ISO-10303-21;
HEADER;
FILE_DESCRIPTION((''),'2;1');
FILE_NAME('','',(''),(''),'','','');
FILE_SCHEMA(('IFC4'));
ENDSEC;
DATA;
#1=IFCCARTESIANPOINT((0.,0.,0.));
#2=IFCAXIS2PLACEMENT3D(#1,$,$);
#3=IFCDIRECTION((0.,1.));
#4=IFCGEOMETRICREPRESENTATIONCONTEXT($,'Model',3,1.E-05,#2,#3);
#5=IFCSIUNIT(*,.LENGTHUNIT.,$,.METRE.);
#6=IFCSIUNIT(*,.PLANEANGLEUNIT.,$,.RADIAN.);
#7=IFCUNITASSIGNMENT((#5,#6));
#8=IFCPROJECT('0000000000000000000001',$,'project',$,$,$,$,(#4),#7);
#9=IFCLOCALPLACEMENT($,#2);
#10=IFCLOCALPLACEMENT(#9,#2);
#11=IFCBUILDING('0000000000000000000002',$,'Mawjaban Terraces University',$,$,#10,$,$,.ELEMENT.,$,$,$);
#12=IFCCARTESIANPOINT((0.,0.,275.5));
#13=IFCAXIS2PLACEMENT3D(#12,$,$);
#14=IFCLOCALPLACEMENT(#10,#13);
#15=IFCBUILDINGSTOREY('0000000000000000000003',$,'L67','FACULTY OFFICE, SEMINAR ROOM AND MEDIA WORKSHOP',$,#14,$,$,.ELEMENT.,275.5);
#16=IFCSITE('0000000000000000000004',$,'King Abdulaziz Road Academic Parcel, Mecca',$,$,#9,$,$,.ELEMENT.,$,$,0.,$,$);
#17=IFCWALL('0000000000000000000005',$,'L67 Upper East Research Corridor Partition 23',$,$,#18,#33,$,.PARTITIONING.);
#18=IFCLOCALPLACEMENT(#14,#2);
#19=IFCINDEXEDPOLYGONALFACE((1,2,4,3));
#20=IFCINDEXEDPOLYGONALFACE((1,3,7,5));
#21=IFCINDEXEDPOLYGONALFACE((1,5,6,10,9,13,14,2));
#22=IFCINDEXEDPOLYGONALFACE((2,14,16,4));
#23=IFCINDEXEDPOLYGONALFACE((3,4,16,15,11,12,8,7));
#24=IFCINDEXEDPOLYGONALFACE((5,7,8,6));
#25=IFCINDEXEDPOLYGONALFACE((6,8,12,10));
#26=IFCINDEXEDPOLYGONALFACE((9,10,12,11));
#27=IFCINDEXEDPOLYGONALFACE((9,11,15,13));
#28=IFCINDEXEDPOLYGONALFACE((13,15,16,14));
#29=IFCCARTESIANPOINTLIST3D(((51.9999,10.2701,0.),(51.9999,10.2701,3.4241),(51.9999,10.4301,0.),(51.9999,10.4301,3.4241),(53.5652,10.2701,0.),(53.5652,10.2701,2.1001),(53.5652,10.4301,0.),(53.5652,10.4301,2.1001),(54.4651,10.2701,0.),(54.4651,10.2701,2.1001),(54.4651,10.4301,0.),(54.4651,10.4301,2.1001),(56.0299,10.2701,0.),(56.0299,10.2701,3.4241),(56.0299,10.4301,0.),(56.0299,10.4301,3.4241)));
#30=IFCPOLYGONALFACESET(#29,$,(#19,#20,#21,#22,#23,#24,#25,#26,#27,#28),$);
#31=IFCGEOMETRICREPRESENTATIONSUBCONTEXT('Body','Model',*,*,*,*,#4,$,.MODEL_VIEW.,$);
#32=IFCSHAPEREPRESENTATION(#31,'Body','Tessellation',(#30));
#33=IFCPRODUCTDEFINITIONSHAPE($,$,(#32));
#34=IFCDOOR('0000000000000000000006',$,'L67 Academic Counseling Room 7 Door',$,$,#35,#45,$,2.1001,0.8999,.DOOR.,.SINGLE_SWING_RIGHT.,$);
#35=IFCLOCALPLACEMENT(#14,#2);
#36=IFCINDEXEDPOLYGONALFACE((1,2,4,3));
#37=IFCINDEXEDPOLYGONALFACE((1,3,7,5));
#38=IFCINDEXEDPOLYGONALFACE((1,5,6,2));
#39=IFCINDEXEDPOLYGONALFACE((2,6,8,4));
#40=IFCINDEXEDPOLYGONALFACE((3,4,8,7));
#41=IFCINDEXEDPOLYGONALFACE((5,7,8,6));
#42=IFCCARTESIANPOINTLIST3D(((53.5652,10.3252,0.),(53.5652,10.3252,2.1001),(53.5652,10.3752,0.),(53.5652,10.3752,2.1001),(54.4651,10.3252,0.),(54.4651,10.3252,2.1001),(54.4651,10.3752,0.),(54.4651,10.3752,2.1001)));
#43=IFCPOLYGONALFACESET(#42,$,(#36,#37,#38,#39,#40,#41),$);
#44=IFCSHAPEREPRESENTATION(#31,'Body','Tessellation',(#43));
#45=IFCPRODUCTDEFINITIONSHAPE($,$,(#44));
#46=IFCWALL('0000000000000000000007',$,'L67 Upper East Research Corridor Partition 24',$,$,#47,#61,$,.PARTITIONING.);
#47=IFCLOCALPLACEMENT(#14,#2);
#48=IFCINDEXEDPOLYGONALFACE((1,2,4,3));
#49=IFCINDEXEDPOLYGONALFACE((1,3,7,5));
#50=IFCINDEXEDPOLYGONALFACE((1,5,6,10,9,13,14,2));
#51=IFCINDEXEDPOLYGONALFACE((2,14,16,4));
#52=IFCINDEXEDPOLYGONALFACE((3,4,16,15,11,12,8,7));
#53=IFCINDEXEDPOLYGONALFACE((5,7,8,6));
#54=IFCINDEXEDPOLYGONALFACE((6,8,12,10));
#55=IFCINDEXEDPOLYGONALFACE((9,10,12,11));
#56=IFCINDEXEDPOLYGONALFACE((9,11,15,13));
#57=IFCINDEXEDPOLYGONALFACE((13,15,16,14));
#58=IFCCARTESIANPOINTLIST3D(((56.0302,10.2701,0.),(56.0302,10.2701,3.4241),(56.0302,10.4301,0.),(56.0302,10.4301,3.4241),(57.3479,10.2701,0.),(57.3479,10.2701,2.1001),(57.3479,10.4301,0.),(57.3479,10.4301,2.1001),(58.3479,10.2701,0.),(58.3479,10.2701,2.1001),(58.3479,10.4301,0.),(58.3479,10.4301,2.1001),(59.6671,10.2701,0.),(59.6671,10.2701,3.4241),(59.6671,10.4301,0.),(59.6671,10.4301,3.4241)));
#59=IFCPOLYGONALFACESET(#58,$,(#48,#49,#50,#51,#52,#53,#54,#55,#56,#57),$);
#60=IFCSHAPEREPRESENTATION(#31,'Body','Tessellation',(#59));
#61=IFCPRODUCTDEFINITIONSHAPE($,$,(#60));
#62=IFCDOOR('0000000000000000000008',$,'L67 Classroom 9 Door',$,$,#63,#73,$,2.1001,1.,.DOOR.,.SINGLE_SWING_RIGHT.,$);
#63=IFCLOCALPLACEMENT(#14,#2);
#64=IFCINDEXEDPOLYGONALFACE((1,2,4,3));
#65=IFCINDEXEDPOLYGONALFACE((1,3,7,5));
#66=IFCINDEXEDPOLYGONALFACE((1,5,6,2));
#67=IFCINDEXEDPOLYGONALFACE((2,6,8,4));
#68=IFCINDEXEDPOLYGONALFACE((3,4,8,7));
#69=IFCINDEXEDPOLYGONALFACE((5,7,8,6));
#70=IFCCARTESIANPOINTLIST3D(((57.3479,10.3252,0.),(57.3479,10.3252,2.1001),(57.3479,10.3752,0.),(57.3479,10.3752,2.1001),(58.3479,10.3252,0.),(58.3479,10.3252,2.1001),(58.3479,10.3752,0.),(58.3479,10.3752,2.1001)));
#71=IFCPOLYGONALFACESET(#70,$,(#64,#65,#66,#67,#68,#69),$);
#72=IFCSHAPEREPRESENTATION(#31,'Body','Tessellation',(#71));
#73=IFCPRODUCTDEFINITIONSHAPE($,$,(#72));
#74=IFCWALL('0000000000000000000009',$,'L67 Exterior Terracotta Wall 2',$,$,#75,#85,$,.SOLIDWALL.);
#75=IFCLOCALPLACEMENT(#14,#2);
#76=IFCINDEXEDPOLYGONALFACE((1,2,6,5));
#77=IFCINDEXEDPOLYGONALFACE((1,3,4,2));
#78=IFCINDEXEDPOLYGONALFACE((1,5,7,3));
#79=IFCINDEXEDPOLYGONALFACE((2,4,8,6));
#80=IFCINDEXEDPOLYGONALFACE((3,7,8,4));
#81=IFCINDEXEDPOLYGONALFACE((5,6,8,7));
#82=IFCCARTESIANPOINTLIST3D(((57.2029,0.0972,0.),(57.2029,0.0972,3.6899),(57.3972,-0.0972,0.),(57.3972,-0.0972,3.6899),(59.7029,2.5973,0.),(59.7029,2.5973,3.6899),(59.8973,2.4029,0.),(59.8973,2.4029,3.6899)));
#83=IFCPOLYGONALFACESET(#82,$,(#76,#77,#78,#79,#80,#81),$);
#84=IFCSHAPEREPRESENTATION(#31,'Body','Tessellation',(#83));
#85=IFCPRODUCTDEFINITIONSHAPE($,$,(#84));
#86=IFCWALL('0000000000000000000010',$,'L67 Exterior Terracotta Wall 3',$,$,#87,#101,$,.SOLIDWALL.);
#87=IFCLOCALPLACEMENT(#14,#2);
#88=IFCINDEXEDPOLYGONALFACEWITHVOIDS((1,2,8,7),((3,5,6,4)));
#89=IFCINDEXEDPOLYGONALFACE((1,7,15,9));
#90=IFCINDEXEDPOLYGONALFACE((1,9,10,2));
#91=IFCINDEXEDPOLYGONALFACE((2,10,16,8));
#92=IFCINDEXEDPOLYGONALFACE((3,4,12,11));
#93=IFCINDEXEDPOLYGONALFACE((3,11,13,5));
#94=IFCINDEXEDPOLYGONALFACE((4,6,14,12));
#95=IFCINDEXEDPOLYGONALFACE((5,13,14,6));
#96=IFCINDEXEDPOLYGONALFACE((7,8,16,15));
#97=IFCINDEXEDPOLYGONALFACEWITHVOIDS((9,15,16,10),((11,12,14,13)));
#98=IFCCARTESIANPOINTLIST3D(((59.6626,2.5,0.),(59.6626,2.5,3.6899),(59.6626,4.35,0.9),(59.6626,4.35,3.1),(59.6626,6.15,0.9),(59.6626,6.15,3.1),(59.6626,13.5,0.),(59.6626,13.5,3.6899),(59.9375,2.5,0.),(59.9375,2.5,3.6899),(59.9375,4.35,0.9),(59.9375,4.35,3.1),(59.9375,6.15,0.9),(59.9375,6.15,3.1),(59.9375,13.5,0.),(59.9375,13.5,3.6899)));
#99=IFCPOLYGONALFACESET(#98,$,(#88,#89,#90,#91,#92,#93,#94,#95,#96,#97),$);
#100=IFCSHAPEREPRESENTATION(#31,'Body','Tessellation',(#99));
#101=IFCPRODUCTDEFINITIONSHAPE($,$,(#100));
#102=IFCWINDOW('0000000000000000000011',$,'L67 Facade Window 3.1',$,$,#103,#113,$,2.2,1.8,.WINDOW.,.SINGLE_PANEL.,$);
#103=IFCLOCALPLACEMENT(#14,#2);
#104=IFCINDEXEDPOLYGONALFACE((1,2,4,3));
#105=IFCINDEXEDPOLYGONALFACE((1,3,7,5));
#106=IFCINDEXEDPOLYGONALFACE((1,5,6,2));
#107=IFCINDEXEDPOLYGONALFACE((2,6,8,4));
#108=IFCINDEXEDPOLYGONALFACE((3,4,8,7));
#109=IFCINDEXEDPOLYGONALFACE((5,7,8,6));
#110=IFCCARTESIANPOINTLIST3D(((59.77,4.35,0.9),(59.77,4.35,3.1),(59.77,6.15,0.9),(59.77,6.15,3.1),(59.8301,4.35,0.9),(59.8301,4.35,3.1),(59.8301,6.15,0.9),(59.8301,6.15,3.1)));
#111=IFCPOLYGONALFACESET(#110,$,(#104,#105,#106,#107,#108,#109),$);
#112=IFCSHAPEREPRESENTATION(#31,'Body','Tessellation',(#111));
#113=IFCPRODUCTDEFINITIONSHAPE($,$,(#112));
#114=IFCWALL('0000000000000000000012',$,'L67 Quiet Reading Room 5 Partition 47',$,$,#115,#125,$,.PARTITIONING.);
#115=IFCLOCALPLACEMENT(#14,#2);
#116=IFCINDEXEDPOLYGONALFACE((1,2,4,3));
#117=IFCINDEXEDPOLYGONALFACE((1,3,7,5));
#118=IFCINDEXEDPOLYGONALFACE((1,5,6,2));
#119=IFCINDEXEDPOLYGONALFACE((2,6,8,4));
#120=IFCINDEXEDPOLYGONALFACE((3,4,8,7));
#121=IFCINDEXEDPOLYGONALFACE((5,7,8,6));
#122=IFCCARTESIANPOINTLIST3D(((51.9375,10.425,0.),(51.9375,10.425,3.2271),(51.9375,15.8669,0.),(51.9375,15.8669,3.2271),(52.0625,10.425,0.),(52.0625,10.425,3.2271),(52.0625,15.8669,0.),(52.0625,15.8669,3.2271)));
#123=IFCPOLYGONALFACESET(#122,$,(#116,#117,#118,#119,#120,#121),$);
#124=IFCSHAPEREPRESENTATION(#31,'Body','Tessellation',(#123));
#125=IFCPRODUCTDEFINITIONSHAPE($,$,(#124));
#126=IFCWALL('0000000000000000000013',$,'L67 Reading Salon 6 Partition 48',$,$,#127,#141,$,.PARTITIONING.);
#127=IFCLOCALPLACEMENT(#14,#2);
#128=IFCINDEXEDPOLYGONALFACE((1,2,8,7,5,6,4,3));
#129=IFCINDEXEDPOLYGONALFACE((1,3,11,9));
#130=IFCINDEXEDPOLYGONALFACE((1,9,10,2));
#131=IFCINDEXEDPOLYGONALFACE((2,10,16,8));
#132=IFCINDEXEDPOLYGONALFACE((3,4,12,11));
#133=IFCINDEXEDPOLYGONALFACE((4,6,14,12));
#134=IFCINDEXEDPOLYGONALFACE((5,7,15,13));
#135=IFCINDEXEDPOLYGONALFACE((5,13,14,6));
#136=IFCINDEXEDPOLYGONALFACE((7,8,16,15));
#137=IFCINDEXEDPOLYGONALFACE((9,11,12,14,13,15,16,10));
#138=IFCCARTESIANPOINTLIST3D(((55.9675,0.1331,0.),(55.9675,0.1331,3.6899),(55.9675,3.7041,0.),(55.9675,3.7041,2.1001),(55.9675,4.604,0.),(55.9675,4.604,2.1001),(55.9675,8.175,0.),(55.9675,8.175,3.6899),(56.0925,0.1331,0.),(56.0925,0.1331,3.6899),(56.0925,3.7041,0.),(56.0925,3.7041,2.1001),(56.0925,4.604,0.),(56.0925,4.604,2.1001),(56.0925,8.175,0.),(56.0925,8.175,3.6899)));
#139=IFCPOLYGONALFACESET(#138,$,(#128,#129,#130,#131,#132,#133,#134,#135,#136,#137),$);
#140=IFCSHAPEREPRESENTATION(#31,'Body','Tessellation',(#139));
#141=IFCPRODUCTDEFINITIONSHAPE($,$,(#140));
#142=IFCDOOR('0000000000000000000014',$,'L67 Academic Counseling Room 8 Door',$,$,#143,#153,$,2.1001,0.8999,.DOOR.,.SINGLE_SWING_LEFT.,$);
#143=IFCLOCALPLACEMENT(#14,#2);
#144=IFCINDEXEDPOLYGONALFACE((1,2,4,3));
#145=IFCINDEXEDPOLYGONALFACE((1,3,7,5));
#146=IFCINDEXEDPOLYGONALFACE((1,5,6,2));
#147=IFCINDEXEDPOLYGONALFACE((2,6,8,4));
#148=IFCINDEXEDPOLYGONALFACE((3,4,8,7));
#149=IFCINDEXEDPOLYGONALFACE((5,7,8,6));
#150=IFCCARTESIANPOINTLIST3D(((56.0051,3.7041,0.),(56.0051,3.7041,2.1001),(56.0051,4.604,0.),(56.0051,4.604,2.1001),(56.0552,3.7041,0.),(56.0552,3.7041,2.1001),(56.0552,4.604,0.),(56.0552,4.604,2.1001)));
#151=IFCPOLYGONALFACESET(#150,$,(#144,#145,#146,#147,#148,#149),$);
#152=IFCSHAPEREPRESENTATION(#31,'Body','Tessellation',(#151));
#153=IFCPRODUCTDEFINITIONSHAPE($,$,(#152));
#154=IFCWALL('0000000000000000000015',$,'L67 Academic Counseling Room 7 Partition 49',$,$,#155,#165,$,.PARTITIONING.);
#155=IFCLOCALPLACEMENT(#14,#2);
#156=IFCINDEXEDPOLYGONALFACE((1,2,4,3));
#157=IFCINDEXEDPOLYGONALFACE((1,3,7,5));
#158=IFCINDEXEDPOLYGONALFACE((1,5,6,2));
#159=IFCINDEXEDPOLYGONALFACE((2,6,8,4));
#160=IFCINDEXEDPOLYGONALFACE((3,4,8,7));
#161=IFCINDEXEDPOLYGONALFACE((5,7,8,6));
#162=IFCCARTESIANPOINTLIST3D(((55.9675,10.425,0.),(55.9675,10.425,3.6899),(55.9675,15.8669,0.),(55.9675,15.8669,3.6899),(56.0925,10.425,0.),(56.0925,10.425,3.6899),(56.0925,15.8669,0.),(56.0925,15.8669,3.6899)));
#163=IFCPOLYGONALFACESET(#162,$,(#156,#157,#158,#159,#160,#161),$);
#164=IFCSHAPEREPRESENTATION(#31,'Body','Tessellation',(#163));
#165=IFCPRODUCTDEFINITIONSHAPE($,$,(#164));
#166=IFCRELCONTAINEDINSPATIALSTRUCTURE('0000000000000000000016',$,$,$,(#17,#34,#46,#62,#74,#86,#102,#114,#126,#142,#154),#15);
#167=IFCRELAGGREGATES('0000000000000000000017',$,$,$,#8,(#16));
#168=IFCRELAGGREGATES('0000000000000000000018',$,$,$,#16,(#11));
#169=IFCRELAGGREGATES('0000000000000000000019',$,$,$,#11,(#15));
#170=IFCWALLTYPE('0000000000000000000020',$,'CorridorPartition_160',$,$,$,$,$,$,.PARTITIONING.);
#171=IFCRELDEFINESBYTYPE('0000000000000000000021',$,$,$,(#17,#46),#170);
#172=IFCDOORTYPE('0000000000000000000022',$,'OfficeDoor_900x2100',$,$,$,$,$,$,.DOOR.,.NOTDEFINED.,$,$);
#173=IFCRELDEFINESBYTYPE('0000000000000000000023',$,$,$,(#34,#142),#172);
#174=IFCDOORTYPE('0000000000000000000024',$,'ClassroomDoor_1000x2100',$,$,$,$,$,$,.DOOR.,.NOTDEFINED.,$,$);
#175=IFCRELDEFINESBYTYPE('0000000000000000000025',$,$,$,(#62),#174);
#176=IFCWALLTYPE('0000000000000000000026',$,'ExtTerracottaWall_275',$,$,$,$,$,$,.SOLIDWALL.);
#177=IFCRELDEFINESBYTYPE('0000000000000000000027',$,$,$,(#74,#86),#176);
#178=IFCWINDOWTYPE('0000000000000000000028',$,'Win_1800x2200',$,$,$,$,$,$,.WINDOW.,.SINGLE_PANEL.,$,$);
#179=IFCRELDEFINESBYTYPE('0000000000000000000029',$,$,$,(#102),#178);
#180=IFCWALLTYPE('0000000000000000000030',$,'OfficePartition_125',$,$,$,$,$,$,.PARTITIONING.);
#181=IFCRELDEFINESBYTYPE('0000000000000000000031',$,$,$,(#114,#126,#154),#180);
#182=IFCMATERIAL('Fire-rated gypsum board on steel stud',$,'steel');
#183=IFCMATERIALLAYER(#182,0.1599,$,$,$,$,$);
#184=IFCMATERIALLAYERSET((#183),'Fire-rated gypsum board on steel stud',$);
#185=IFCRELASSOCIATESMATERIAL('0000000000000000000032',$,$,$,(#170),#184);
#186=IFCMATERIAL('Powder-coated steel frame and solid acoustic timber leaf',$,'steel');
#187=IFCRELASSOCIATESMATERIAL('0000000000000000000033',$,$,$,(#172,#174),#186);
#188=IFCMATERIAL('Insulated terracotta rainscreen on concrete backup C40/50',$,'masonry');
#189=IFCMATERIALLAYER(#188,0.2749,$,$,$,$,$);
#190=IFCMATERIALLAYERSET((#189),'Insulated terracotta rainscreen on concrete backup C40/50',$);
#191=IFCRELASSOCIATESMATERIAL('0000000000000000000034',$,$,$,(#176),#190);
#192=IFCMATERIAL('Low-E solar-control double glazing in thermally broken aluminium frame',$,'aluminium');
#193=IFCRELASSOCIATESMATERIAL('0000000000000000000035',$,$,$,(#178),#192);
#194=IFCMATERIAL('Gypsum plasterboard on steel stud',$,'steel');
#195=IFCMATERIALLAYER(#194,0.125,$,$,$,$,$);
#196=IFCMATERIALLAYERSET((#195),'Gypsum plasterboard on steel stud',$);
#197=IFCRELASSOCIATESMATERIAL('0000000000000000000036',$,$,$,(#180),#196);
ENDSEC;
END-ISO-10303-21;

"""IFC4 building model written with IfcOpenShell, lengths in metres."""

from ifc_helpers import new_model, si_unit, direction, frame, frame_2d, origin, place, context, subcontext, project, spatial, rectangle, extrude, material, layer, layer_set, type_object, element, fill, save


model = new_model("IFC4")

# Units and contexts
model_context = context("Model", 3, precision=1e-05, world=origin(), true_north=direction((0.0, 1.0)))
body_context = subcontext(model_context, "Body", "Model", "MODEL_VIEW")
ifc_project = project(units=[si_unit("LENGTHUNIT", "METRE"), si_unit("PLANEANGLEUNIT", "RADIAN")], contexts=[model_context])

# Site, building, storey
site_placement = place(None, origin())
site = spatial("IfcSite", under=ifc_project, at=site_placement, Name="King Abdulaziz Road Academic Parcel, Mecca", CompositionType="ELEMENT", RefElevation=0.0)
building_placement = place(site_placement, origin())
building = spatial("IfcBuilding", under=site, at=building_placement, Name="Mawjaban Terraces University", CompositionType="ELEMENT")
storey_placement = place(building_placement, frame((0.0, 0.0, 275.5)))
storey = spatial("IfcBuildingStorey", under=building, at=storey_placement, Name="L67", Description="FACULTY OFFICE, SEMINAR ROOM AND MEDIA WORKSHOP", CompositionType="ELEMENT", Elevation=275.5)

# Shared definitions
ifc_material_1 = material(Name="Fire-rated gypsum board on steel stud", Category="steel")
ifc_layer_1 = layer(ifc_material_1, 0.1599)
ifc_layer_set_1 = layer_set([ifc_layer_1], Name="Fire-rated gypsum board on steel stud")
wall_type_1 = type_object("IfcWallType", Name="CorridorPartition_160", PredefinedType="PARTITIONING", material=ifc_layer_set_1)
ifc_material_2 = material(Name="Powder-coated steel frame and solid acoustic timber leaf", Category="steel")
door_type_1 = type_object("IfcDoorType", Name="OfficeDoor_900x2100", OperationType="NOTDEFINED", PredefinedType="DOOR", material=ifc_material_2)

# Walls, openings, doors
wall_1_placement = place(storey_placement, frame((56.03, 10.3501, 0.0), z_axis=(0.0, 0.0, 1.0), x_axis=(-1.0, 0.0, 0.0)))
wall_1 = element("IfcWall", 1, at=wall_1_placement, inside=storey, type_object=wall_type_1, Name="L67 Upper East Research Corridor Partition 23", PredefinedType="PARTITIONING", context=body_context, shape_type="SweptSolid", body=[
    extrude(rectangle(XDim=4.03, YDim=0.1599, at=frame_2d((2.0151, 0.0))), origin(), (0.0, 0.0, 1.0), 3.4241),
])
opening_1_placement = place(wall_1_placement, frame((1.5649, 0.0, 0.0)))
opening_1 = element("IfcOpeningElement", 2, at=opening_1_placement, cuts=wall_1, PredefinedType="OPENING", context=body_context, shape_type="SweptSolid", body=[
    extrude(rectangle(XDim=0.8999, YDim=2.1001, at=frame_2d((0.45, 1.05))), frame((0.0, 0.0898, 0.0), z_axis=(0.0, -1.0, 0.0), x_axis=(1.0, 0.0, 0.0)), (0.0, 0.0, 1.0), 0.1799),
])
door_1_placement = place(opening_1_placement, origin())
door_1 = element("IfcDoor", 3, at=door_1_placement, inside=storey, type_object=door_type_1, Name="L67 Academic Counseling Room 7 Door", OperationType="SINGLE_SWING_RIGHT", OverallHeight=2.1001, OverallWidth=0.8999, PredefinedType="DOOR", context=body_context, shape_type="SweptSolid", body=[
    extrude(rectangle(XDim=0.8999, YDim=2.1001, at=frame_2d((0.45, 1.05))), frame((0.0, 0.0249, 0.0), z_axis=(0.0, -1.0, 0.0), x_axis=(1.0, 0.0, 0.0)), (0.0, 0.0, 1.0), 0.05),
])
fill(opening_1, door_1)
wall_2_placement = place(storey_placement, frame((59.667, 10.3501, 0.0), z_axis=(0.0, 0.0, 1.0), x_axis=(-1.0, 0.0, 0.0)))
wall_2 = element("IfcWall", 4, at=wall_2_placement, inside=storey, type_object=wall_type_1, Name="L67 Upper East Research Corridor Partition 24", PredefinedType="PARTITIONING", context=body_context, shape_type="SweptSolid", body=[
    extrude(rectangle(XDim=3.637, YDim=0.1599, at=frame_2d((1.8184, 0.0))), origin(), (0.0, 0.0, 1.0), 3.4241),
])
opening_2_placement = place(wall_2_placement, frame((1.3191, 0.0, 0.0)))
opening_2 = element("IfcOpeningElement", 5, at=opening_2_placement, cuts=wall_2, PredefinedType="OPENING", context=body_context, shape_type="SweptSolid", body=[
    extrude(rectangle(XDim=1.0, YDim=2.1001, at=frame_2d((0.5, 1.05))), frame((0.0, 0.0898, 0.0), z_axis=(0.0, -1.0, 0.0), x_axis=(1.0, 0.0, 0.0)), (0.0, 0.0, 1.0), 0.1799),
])
door_type_2 = type_object("IfcDoorType", Name="ClassroomDoor_1000x2100", OperationType="NOTDEFINED", PredefinedType="DOOR", material=ifc_material_2)
door_2_placement = place(opening_2_placement, origin())
door_2 = element("IfcDoor", 6, at=door_2_placement, inside=storey, type_object=door_type_2, Name="L67 Classroom 9 Door", OperationType="SINGLE_SWING_RIGHT", OverallHeight=2.1001, OverallWidth=1.0, PredefinedType="DOOR", context=body_context, shape_type="SweptSolid", body=[
    extrude(rectangle(XDim=1.0, YDim=2.1001, at=frame_2d((0.5, 1.05))), frame((0.0, 0.0249, 0.0), z_axis=(0.0, -1.0, 0.0), x_axis=(1.0, 0.0, 0.0)), (0.0, 0.0, 1.0), 0.05),
])
fill(opening_2, door_2)

# Wall
ifc_material_3 = material(Name="Insulated terracotta rainscreen on concrete backup C40/50", Category="masonry")
ifc_layer_2 = layer(ifc_material_3, 0.2749)
ifc_layer_set_2 = layer_set([ifc_layer_2], Name="Insulated terracotta rainscreen on concrete backup C40/50")
wall_type_2 = type_object("IfcWallType", Name="ExtTerracottaWall_275", PredefinedType="SOLIDWALL", material=ifc_layer_set_2)
wall_3_placement = place(storey_placement, frame((57.3, 0.0, 0.0), z_axis=(0.0, 0.0, 1.0), x_axis=(0.707107, 0.707107, 0.0)))
element("IfcWall", 7, at=wall_3_placement, inside=storey, type_object=wall_type_2, Name="L67 Exterior Terracotta Wall 2", PredefinedType="SOLIDWALL", context=body_context, shape_type="SweptSolid", body=[
    extrude(rectangle(XDim=3.5356, YDim=0.2749, at=frame_2d((1.7678, 0.0))), origin(), (0.0, 0.0, 1.0), 3.6899),
])

# Wall, opening, window
wall_4_placement = place(storey_placement, frame((59.8, 2.5, 0.0), z_axis=(0.0, 0.0, 1.0), x_axis=(0.0, 1.0, 0.0)))
wall_4 = element("IfcWall", 8, at=wall_4_placement, inside=storey, type_object=wall_type_2, Name="L67 Exterior Terracotta Wall 3", PredefinedType="SOLIDWALL", context=body_context, shape_type="SweptSolid", body=[
    extrude(rectangle(XDim=11.0, YDim=0.2749, at=frame_2d((5.5, 0.0))), origin(), (0.0, 0.0, 1.0), 3.6899),
])
opening_3_placement = place(wall_4_placement, frame((1.8501, 0.0, 0.8999)))
opening_3 = element("IfcOpeningElement", 9, at=opening_3_placement, cuts=wall_4, PredefinedType="OPENING", context=body_context, shape_type="SweptSolid", body=[
    extrude(rectangle(XDim=1.8, YDim=2.2, at=frame_2d((0.8999, 1.1001))), frame((0.0, 0.1475, 0.0), z_axis=(0.0, -1.0, 0.0), x_axis=(1.0, 0.0, 0.0)), (0.0, 0.0, 1.0), 0.2949),
])
ifc_material_4 = material(Name="Low-E solar-control double glazing in thermally broken aluminium frame", Category="aluminium")
window_type = type_object("IfcWindowType", Name="Win_1800x2200", PartitioningType="SINGLE_PANEL", PredefinedType="WINDOW", material=ifc_material_4)
window_placement = place(opening_3_placement, origin())
window = element("IfcWindow", 10, at=window_placement, inside=storey, type_object=window_type, Name="L67 Facade Window 3.1", OverallHeight=2.2, OverallWidth=1.8, PartitioningType="SINGLE_PANEL", PredefinedType="WINDOW", context=body_context, shape_type="SweptSolid", body=[
    extrude(rectangle(XDim=1.8, YDim=2.2, at=frame_2d((0.8999, 1.1001))), frame((0.0, 0.03, 0.0), z_axis=(0.0, -1.0, 0.0), x_axis=(1.0, 0.0, 0.0)), (0.0, 0.0, 1.0), 0.0601),
])
fill(opening_3, window)

# Wall
ifc_material_5 = material(Name="Gypsum plasterboard on steel stud", Category="steel")
ifc_layer_3 = layer(ifc_material_5, 0.125)
ifc_layer_set_3 = layer_set([ifc_layer_3], Name="Gypsum plasterboard on steel stud")
wall_type_3 = type_object("IfcWallType", Name="OfficePartition_125", PredefinedType="PARTITIONING", material=ifc_layer_set_3)
wall_5_placement = place(storey_placement, frame((52.0, 10.425, 0.0), z_axis=(0.0, 0.0, 1.0), x_axis=(0.0, 1.0, 0.0)))
element("IfcWall", 11, at=wall_5_placement, inside=storey, type_object=wall_type_3, Name="L67 Quiet Reading Room 5 Partition 47", PredefinedType="PARTITIONING", context=body_context, shape_type="SweptSolid", body=[
    extrude(rectangle(XDim=5.4419, YDim=0.125, at=frame_2d((2.7209, 0.0))), origin(), (0.0, 0.0, 1.0), 3.2271),
])

# Wall, opening, door
wall_6_placement = place(storey_placement, frame((56.03, 0.1331, 0.0), z_axis=(0.0, 0.0, 1.0), x_axis=(0.0, 1.0, 0.0)))
wall_6 = element("IfcWall", 12, at=wall_6_placement, inside=storey, type_object=wall_type_3, Name="L67 Reading Salon 6 Partition 48", PredefinedType="PARTITIONING", context=body_context, shape_type="SweptSolid", body=[
    extrude(rectangle(XDim=8.042, YDim=0.125, at=frame_2d((4.021, 0.0))), origin(), (0.0, 0.0, 1.0), 3.6899),
])
opening_4_placement = place(wall_6_placement, frame((3.571, 0.0, 0.0)))
opening_4 = element("IfcOpeningElement", 13, at=opening_4_placement, cuts=wall_6, PredefinedType="OPENING", context=body_context, shape_type="SweptSolid", body=[
    extrude(rectangle(XDim=0.8999, YDim=2.1001, at=frame_2d((0.45, 1.05))), frame((0.0, 0.0725, 0.0), z_axis=(0.0, -1.0, 0.0), x_axis=(1.0, 0.0, 0.0)), (0.0, 0.0, 1.0), 0.145),
])
door_3_placement = place(opening_4_placement, origin())
door_3 = element("IfcDoor", 14, at=door_3_placement, inside=storey, type_object=door_type_1, Name="L67 Academic Counseling Room 8 Door", OperationType="SINGLE_SWING_LEFT", OverallHeight=2.1001, OverallWidth=0.8999, PredefinedType="DOOR", context=body_context, shape_type="SweptSolid", body=[
    extrude(rectangle(XDim=0.8999, YDim=2.1001, at=frame_2d((0.45, 1.05))), frame((0.0, 0.0249, 0.0), z_axis=(0.0, -1.0, 0.0), x_axis=(1.0, 0.0, 0.0)), (0.0, 0.0, 1.0), 0.05),
])
fill(opening_4, door_3)

# Wall
wall_7_placement = place(storey_placement, frame((56.03, 10.425, 0.0), z_axis=(0.0, 0.0, 1.0), x_axis=(0.0, 1.0, 0.0)))
element("IfcWall", 15, at=wall_7_placement, inside=storey, type_object=wall_type_3, Name="L67 Academic Counseling Room 7 Partition 49", PredefinedType="PARTITIONING", context=body_context, shape_type="SweptSolid", body=[
    extrude(rectangle(XDim=5.4419, YDim=0.125, at=frame_2d((2.7209, 0.0))), origin(), (0.0, 0.0, 1.0), 3.6899),
])

save(model, "model.ifc")
